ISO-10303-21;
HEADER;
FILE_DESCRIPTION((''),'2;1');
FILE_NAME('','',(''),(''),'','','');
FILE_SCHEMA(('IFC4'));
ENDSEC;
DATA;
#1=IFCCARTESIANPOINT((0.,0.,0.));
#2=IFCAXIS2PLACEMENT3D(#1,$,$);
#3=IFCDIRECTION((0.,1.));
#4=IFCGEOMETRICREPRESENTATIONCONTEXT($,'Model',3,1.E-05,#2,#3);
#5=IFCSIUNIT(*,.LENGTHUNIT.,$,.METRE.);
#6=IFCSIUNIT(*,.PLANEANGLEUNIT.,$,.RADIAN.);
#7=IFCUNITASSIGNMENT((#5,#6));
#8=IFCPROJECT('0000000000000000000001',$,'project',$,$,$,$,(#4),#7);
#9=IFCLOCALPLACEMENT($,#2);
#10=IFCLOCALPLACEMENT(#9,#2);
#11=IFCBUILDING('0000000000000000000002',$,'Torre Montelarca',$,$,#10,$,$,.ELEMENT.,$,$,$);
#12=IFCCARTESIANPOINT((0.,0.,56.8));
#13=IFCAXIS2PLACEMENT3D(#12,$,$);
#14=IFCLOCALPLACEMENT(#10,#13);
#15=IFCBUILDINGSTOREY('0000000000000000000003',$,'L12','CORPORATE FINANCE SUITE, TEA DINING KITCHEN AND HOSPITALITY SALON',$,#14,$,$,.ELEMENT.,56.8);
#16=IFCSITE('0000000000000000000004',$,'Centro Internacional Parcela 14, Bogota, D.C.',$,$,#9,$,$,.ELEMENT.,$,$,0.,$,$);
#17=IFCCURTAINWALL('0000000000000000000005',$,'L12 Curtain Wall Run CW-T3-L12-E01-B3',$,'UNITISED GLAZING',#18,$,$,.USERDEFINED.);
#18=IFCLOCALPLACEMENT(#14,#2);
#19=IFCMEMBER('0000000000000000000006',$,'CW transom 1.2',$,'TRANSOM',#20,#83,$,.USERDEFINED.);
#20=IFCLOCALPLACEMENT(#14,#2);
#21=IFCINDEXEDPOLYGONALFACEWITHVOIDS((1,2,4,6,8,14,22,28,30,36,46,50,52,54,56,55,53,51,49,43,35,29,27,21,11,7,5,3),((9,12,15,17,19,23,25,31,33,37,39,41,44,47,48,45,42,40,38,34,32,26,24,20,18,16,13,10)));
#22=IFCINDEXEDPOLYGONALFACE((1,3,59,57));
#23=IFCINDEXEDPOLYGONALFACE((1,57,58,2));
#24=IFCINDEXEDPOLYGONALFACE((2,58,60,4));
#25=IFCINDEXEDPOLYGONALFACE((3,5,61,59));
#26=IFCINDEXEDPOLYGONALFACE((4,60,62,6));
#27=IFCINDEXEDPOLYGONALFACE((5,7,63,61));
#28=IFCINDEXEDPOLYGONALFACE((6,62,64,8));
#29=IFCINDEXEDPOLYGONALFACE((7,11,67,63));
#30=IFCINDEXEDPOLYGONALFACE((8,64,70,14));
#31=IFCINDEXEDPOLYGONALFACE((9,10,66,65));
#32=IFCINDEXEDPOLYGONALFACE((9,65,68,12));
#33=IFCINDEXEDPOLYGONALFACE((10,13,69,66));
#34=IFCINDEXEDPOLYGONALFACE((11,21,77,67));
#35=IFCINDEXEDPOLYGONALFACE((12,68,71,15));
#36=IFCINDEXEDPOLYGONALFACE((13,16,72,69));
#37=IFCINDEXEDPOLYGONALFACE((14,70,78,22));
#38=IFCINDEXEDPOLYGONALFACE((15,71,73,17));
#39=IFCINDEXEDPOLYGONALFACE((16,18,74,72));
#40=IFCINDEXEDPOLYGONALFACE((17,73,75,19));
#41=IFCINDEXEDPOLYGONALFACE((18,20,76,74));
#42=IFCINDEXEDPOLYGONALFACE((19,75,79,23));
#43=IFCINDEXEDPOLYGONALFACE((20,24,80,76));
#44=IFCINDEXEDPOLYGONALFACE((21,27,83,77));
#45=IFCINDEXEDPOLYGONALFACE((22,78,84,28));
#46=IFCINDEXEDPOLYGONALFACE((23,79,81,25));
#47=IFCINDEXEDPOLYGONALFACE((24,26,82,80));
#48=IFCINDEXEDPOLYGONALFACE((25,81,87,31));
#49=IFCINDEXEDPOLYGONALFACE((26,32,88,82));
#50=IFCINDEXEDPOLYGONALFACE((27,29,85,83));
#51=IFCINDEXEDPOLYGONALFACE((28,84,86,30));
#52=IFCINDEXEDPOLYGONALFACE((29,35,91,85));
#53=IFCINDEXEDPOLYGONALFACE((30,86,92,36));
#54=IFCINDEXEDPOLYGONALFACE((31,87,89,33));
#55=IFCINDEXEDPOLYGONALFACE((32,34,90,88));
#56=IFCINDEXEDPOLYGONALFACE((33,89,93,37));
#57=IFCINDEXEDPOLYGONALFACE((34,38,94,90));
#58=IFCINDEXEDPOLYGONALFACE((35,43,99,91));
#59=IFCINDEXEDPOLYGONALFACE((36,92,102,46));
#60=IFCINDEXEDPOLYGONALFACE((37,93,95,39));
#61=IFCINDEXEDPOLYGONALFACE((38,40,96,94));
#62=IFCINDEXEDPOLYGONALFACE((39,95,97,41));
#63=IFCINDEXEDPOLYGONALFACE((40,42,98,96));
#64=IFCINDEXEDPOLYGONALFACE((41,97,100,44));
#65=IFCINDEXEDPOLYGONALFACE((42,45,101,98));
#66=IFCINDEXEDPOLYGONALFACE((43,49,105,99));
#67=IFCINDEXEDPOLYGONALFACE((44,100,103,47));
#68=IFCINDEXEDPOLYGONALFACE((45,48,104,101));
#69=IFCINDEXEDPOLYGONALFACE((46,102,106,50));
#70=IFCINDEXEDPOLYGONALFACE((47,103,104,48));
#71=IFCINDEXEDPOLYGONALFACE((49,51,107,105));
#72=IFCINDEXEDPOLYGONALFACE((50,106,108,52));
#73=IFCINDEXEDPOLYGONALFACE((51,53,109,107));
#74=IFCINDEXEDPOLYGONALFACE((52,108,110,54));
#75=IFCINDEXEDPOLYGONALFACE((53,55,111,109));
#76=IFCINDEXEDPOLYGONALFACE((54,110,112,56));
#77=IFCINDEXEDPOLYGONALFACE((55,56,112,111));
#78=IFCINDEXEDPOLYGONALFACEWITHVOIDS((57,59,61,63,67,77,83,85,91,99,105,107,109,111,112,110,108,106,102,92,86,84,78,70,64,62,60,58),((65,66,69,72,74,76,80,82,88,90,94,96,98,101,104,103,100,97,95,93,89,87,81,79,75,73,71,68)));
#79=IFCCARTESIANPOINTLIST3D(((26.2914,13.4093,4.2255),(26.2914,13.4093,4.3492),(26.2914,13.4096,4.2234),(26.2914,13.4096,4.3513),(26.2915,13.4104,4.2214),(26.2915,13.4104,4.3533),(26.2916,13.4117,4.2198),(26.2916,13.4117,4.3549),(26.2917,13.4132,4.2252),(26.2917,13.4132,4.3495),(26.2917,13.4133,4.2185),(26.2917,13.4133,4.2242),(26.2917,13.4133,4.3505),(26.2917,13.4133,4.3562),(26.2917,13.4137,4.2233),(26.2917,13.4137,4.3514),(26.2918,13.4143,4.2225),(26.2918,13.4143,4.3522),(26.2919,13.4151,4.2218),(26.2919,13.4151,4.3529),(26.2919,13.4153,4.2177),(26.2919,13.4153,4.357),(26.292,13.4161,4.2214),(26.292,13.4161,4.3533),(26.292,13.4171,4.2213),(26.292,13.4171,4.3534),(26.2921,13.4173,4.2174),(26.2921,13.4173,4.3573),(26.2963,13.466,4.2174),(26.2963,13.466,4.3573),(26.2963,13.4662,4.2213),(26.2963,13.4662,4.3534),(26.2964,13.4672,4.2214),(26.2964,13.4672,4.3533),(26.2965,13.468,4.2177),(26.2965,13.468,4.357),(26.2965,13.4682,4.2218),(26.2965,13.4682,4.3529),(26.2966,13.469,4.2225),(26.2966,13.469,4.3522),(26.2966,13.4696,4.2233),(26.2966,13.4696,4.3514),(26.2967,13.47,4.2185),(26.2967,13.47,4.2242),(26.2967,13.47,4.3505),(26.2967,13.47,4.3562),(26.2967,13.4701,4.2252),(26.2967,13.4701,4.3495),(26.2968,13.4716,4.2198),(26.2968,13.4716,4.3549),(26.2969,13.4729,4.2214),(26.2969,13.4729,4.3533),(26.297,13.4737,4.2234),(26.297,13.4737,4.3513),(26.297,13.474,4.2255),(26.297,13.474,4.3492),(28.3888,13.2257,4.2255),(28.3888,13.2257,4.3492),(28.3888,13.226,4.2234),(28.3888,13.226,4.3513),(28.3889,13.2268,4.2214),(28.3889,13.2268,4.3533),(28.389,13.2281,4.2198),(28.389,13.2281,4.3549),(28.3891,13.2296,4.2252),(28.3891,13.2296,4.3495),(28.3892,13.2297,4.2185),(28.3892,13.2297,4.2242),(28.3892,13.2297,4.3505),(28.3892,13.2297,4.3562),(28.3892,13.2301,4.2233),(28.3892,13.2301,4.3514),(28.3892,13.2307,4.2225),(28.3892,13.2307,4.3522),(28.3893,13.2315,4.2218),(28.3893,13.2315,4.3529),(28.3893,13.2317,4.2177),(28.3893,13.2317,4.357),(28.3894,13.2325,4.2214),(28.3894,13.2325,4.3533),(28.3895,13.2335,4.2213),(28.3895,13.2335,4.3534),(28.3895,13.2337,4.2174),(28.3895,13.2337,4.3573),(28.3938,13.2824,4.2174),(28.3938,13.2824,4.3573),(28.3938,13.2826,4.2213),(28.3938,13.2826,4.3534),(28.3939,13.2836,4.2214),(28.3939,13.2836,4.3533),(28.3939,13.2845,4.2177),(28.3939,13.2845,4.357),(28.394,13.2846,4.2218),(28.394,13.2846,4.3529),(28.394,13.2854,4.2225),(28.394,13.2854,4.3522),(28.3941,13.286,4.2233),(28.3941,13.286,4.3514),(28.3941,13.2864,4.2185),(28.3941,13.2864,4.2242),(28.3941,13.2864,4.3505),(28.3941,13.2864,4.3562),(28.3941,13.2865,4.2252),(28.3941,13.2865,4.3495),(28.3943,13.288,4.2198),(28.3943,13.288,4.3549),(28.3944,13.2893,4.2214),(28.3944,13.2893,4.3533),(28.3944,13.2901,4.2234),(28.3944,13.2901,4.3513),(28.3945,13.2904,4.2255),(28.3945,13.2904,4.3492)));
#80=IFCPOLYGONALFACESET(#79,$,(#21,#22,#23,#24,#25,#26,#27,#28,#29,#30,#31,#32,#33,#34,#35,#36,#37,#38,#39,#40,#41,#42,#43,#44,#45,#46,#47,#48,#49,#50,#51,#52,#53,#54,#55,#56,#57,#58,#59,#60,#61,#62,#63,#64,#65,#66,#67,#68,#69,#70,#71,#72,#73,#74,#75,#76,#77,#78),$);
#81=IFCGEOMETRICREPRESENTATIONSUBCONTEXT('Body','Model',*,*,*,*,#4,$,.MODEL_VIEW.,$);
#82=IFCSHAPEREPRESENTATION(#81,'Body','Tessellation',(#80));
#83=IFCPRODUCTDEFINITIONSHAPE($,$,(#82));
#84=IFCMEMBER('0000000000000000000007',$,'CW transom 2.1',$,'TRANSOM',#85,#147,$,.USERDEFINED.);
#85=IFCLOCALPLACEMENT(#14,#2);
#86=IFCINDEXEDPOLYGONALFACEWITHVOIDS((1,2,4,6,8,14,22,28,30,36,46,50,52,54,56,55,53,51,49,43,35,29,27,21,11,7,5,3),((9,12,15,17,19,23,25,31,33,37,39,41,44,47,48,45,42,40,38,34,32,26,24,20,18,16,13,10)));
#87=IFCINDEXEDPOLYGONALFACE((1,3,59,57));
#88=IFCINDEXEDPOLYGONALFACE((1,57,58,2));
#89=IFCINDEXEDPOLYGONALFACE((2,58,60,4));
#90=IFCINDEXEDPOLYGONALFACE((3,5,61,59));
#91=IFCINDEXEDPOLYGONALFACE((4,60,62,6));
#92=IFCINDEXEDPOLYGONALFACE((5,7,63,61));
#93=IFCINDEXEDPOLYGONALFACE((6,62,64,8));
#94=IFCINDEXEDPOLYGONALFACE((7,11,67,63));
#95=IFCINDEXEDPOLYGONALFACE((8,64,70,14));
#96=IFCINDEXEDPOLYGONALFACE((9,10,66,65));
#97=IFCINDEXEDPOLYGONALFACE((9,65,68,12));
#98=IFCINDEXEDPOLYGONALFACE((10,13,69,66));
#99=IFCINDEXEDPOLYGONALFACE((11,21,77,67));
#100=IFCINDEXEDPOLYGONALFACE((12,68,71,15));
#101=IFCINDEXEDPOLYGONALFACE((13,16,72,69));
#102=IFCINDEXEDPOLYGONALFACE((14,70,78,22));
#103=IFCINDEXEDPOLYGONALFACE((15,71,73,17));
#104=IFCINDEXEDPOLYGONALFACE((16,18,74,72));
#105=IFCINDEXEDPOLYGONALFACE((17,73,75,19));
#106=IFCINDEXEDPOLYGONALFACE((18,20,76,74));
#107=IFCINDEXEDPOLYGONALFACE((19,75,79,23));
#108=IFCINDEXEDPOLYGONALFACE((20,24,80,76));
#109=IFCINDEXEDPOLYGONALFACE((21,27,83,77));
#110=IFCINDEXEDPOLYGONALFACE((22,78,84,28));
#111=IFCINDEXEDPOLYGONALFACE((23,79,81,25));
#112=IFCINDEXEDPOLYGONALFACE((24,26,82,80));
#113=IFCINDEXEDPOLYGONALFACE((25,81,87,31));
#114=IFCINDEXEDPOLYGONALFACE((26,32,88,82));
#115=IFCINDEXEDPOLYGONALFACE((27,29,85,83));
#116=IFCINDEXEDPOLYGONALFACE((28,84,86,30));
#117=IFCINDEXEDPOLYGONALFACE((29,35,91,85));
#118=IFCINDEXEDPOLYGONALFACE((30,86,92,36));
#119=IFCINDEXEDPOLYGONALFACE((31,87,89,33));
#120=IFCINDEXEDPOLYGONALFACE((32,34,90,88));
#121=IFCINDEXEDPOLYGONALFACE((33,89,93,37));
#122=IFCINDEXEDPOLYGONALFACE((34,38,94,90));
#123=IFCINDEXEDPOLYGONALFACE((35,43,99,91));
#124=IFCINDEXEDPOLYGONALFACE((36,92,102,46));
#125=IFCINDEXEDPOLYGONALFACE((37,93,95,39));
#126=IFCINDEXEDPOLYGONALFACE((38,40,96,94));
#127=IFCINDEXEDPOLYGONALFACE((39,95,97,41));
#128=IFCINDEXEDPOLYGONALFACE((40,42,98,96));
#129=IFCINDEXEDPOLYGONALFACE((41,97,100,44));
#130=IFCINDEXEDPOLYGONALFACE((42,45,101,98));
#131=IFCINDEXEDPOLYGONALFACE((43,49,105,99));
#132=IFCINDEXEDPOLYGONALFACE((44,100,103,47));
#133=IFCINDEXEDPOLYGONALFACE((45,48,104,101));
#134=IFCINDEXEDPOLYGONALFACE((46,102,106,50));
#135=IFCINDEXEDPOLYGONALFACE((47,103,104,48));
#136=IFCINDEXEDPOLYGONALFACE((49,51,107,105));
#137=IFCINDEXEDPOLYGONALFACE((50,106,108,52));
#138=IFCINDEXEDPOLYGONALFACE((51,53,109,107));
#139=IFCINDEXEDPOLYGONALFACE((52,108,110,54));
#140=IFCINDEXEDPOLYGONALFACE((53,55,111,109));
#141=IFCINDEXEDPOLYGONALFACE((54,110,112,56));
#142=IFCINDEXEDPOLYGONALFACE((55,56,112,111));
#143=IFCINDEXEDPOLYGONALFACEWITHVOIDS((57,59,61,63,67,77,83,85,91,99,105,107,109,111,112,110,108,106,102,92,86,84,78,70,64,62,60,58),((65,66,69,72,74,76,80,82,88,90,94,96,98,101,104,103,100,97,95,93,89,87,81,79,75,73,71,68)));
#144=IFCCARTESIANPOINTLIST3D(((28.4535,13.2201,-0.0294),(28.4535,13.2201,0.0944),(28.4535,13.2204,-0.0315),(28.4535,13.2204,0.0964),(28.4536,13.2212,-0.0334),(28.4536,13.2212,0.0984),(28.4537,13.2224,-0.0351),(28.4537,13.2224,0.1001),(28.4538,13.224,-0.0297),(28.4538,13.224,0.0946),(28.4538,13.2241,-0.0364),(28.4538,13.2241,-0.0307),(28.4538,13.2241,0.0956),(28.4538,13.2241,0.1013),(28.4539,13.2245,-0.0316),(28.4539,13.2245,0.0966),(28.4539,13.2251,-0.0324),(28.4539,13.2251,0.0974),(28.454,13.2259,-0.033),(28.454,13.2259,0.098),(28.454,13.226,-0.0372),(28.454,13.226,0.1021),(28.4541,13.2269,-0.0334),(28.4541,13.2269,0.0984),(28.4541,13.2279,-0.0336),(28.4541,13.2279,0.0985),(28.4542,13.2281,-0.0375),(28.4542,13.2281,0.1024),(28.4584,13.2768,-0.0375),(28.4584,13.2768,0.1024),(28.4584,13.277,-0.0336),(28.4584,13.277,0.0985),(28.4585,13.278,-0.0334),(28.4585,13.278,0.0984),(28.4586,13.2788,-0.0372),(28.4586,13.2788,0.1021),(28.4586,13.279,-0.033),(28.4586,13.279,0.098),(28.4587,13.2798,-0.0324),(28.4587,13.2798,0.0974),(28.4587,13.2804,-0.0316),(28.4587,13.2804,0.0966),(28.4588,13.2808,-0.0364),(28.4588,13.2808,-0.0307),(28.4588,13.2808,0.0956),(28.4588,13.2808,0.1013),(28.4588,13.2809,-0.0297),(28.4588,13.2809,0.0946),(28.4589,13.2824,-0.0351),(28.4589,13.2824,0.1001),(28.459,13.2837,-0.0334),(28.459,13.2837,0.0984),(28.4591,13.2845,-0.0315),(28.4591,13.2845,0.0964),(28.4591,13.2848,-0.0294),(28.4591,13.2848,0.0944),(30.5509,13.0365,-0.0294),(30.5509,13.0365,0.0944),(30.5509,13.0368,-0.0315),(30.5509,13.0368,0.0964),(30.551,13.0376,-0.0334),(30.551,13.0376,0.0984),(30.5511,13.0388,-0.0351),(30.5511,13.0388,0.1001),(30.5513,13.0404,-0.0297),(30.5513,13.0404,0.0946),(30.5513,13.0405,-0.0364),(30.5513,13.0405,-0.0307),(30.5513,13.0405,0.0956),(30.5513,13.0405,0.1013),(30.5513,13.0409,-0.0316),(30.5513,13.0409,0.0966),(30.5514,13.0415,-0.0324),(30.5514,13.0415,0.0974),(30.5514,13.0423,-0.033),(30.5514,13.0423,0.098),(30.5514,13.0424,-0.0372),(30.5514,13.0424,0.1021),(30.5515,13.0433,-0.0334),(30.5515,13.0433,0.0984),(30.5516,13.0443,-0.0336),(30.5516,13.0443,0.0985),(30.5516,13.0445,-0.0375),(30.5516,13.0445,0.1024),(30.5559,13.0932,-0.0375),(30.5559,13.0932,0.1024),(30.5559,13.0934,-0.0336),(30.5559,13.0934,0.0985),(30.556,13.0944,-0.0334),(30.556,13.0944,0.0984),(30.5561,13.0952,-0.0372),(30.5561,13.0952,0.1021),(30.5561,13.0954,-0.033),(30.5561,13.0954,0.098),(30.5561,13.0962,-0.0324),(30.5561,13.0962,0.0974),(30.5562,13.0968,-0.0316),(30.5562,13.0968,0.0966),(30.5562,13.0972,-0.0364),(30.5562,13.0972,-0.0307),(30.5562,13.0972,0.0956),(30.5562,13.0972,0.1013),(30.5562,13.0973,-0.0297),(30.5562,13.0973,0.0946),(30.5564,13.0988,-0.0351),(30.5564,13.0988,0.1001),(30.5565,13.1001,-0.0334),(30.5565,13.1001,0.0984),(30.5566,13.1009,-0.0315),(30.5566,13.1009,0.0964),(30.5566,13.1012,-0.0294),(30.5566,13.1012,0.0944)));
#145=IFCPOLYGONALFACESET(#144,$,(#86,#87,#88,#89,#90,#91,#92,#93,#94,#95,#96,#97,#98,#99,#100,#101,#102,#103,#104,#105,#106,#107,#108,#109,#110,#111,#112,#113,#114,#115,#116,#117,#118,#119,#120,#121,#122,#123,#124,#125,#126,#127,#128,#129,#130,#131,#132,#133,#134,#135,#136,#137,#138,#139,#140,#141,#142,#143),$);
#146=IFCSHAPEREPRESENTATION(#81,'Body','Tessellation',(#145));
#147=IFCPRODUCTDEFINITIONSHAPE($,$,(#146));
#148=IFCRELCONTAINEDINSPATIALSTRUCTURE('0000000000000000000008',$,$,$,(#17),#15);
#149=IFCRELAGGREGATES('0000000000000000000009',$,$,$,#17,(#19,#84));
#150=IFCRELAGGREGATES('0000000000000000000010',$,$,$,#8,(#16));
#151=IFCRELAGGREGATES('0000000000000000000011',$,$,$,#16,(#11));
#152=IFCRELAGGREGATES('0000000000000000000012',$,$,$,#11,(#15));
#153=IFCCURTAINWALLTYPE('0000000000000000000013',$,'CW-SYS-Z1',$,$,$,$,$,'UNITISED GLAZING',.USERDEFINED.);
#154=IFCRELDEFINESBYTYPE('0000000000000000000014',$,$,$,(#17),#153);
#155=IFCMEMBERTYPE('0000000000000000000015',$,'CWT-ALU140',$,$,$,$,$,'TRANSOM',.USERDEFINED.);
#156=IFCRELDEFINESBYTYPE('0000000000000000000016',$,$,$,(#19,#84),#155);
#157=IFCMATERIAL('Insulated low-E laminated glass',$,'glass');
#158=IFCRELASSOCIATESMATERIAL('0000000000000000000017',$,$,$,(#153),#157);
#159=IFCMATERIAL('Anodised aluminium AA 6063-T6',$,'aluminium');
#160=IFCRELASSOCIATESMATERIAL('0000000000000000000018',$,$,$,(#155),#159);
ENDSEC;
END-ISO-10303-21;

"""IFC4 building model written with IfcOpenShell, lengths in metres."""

from ifc_helpers import new_model, si_unit, direction, frame, origin, origin_2d, place, context, subcontext, project, spatial, hollow_rectangle, extrude, source, transform, mapped, material, material_profile, profile_set, type_object, element, aggregate, save


model = new_model("IFC4")

# Units and contexts
model_context = context("Model", 3, precision=1e-05, world=origin(), true_north=direction((0.0, 1.0)))
body_context = subcontext(model_context, "Body", "Model", "MODEL_VIEW")
ifc_project = project(units=[si_unit("LENGTHUNIT", "METRE"), si_unit("PLANEANGLEUNIT", "RADIAN")], contexts=[model_context])

# Site, building, storey
site_placement = place(None, origin())
site = spatial("IfcSite", under=ifc_project, at=site_placement, Name="Centro Internacional Parcela 14, Bogota, D.C.", CompositionType="ELEMENT", RefElevation=0.0)
building_placement = place(site_placement, origin())
building = spatial("IfcBuilding", under=site, at=building_placement, Name="Torre Montelarca", CompositionType="ELEMENT")
storey_placement = place(building_placement, frame((0.0, 0.0, 56.8)))
storey = spatial("IfcBuildingStorey", under=building, at=storey_placement, Name="L12", Description="CORPORATE FINANCE SUITE, TEA DINING KITCHEN AND HOSPITALITY SALON", CompositionType="ELEMENT", Elevation=56.8)

# Shared definitions
ifc_material_1 = material(Name="Insulated low-E laminated glass", Category="glass")
curtain_wall_type = type_object("IfcCurtainWallType", Name="CW-SYS-Z1", ElementType="UNITISED GLAZING", PredefinedType="USERDEFINED", material=ifc_material_1)
ifc_material_2 = material(Name="Anodised aluminium AA 6063-T6", Category="aluminium")

# Curtain wall
curtain_wall_1_placement = place(storey_placement, origin())
curtain_wall_1 = element("IfcCurtainWall", 1, at=curtain_wall_1_placement, inside=storey, type_object=curtain_wall_type, Name="L12 Curtain Wall Run CW-T3-L12-E01-B3", ObjectType="UNITISED GLAZING", PredefinedType="USERDEFINED")

# Members
ifc_material_profile_1 = material_profile(ifc_material_2, hollow_rectangle(XDim=0.0649, YDim=0.1399, WallThickness=0.0039, InnerFilletRadius=0.0039, OuterFilletRadius=0.0081, at=origin_2d()), Name="ALU65X140X4", Category="aluminium")
ifc_profile_set_1 = profile_set([ifc_material_profile_1], Name="Anodised aluminium AA 6063-T6")
member_type_1 = type_object("IfcMemberType", Name="CWT-ALU140", ElementType="TRANSOM", PredefinedType="USERDEFINED", material=ifc_profile_set_1)
shared_shape_1 = source(origin(), body_context, "Body", "SweptSolid", [
    extrude(hollow_rectangle(XDim=0.0649, YDim=0.1399, WallThickness=0.0039, InnerFilletRadius=0.0039, OuterFilletRadius=0.0081, at=origin_2d()), origin(), (0.0, 0.0, 1.0), 2.1055),
])
member_1_placement = place(storey_placement, frame((26.2942, 13.4417, 4.2874), z_axis=(0.996191, -0.0872, 0.0), x_axis=(0.0872, 0.996191, 0.0)))
member_1 = element("IfcMember", 2, at=member_1_placement, type_object=member_type_1, Name="CW transom 1.2", ObjectType="TRANSOM", PredefinedType="USERDEFINED", context=body_context, shape_type="MappedRepresentation", body=[
    mapped(shared_shape_1, transform((0.0, 0.0, 0.0), scale=1.0)),
])
member_2_placement = place(storey_placement, frame((28.4563, 13.2524, 0.0325), z_axis=(0.996191, -0.0872, 0.0), x_axis=(0.0872, 0.996191, 0.0)))
member_2 = element("IfcMember", 3, at=member_2_placement, type_object=member_type_1, Name="CW transom 2.1", ObjectType="TRANSOM", PredefinedType="USERDEFINED", context=body_context, shape_type="MappedRepresentation", body=[
    mapped(shared_shape_1, transform((0.0, 0.0, 0.0), scale=1.0)),
])

aggregate(curtain_wall_1, [member_1, member_2])

save(model, "model.ifc")
